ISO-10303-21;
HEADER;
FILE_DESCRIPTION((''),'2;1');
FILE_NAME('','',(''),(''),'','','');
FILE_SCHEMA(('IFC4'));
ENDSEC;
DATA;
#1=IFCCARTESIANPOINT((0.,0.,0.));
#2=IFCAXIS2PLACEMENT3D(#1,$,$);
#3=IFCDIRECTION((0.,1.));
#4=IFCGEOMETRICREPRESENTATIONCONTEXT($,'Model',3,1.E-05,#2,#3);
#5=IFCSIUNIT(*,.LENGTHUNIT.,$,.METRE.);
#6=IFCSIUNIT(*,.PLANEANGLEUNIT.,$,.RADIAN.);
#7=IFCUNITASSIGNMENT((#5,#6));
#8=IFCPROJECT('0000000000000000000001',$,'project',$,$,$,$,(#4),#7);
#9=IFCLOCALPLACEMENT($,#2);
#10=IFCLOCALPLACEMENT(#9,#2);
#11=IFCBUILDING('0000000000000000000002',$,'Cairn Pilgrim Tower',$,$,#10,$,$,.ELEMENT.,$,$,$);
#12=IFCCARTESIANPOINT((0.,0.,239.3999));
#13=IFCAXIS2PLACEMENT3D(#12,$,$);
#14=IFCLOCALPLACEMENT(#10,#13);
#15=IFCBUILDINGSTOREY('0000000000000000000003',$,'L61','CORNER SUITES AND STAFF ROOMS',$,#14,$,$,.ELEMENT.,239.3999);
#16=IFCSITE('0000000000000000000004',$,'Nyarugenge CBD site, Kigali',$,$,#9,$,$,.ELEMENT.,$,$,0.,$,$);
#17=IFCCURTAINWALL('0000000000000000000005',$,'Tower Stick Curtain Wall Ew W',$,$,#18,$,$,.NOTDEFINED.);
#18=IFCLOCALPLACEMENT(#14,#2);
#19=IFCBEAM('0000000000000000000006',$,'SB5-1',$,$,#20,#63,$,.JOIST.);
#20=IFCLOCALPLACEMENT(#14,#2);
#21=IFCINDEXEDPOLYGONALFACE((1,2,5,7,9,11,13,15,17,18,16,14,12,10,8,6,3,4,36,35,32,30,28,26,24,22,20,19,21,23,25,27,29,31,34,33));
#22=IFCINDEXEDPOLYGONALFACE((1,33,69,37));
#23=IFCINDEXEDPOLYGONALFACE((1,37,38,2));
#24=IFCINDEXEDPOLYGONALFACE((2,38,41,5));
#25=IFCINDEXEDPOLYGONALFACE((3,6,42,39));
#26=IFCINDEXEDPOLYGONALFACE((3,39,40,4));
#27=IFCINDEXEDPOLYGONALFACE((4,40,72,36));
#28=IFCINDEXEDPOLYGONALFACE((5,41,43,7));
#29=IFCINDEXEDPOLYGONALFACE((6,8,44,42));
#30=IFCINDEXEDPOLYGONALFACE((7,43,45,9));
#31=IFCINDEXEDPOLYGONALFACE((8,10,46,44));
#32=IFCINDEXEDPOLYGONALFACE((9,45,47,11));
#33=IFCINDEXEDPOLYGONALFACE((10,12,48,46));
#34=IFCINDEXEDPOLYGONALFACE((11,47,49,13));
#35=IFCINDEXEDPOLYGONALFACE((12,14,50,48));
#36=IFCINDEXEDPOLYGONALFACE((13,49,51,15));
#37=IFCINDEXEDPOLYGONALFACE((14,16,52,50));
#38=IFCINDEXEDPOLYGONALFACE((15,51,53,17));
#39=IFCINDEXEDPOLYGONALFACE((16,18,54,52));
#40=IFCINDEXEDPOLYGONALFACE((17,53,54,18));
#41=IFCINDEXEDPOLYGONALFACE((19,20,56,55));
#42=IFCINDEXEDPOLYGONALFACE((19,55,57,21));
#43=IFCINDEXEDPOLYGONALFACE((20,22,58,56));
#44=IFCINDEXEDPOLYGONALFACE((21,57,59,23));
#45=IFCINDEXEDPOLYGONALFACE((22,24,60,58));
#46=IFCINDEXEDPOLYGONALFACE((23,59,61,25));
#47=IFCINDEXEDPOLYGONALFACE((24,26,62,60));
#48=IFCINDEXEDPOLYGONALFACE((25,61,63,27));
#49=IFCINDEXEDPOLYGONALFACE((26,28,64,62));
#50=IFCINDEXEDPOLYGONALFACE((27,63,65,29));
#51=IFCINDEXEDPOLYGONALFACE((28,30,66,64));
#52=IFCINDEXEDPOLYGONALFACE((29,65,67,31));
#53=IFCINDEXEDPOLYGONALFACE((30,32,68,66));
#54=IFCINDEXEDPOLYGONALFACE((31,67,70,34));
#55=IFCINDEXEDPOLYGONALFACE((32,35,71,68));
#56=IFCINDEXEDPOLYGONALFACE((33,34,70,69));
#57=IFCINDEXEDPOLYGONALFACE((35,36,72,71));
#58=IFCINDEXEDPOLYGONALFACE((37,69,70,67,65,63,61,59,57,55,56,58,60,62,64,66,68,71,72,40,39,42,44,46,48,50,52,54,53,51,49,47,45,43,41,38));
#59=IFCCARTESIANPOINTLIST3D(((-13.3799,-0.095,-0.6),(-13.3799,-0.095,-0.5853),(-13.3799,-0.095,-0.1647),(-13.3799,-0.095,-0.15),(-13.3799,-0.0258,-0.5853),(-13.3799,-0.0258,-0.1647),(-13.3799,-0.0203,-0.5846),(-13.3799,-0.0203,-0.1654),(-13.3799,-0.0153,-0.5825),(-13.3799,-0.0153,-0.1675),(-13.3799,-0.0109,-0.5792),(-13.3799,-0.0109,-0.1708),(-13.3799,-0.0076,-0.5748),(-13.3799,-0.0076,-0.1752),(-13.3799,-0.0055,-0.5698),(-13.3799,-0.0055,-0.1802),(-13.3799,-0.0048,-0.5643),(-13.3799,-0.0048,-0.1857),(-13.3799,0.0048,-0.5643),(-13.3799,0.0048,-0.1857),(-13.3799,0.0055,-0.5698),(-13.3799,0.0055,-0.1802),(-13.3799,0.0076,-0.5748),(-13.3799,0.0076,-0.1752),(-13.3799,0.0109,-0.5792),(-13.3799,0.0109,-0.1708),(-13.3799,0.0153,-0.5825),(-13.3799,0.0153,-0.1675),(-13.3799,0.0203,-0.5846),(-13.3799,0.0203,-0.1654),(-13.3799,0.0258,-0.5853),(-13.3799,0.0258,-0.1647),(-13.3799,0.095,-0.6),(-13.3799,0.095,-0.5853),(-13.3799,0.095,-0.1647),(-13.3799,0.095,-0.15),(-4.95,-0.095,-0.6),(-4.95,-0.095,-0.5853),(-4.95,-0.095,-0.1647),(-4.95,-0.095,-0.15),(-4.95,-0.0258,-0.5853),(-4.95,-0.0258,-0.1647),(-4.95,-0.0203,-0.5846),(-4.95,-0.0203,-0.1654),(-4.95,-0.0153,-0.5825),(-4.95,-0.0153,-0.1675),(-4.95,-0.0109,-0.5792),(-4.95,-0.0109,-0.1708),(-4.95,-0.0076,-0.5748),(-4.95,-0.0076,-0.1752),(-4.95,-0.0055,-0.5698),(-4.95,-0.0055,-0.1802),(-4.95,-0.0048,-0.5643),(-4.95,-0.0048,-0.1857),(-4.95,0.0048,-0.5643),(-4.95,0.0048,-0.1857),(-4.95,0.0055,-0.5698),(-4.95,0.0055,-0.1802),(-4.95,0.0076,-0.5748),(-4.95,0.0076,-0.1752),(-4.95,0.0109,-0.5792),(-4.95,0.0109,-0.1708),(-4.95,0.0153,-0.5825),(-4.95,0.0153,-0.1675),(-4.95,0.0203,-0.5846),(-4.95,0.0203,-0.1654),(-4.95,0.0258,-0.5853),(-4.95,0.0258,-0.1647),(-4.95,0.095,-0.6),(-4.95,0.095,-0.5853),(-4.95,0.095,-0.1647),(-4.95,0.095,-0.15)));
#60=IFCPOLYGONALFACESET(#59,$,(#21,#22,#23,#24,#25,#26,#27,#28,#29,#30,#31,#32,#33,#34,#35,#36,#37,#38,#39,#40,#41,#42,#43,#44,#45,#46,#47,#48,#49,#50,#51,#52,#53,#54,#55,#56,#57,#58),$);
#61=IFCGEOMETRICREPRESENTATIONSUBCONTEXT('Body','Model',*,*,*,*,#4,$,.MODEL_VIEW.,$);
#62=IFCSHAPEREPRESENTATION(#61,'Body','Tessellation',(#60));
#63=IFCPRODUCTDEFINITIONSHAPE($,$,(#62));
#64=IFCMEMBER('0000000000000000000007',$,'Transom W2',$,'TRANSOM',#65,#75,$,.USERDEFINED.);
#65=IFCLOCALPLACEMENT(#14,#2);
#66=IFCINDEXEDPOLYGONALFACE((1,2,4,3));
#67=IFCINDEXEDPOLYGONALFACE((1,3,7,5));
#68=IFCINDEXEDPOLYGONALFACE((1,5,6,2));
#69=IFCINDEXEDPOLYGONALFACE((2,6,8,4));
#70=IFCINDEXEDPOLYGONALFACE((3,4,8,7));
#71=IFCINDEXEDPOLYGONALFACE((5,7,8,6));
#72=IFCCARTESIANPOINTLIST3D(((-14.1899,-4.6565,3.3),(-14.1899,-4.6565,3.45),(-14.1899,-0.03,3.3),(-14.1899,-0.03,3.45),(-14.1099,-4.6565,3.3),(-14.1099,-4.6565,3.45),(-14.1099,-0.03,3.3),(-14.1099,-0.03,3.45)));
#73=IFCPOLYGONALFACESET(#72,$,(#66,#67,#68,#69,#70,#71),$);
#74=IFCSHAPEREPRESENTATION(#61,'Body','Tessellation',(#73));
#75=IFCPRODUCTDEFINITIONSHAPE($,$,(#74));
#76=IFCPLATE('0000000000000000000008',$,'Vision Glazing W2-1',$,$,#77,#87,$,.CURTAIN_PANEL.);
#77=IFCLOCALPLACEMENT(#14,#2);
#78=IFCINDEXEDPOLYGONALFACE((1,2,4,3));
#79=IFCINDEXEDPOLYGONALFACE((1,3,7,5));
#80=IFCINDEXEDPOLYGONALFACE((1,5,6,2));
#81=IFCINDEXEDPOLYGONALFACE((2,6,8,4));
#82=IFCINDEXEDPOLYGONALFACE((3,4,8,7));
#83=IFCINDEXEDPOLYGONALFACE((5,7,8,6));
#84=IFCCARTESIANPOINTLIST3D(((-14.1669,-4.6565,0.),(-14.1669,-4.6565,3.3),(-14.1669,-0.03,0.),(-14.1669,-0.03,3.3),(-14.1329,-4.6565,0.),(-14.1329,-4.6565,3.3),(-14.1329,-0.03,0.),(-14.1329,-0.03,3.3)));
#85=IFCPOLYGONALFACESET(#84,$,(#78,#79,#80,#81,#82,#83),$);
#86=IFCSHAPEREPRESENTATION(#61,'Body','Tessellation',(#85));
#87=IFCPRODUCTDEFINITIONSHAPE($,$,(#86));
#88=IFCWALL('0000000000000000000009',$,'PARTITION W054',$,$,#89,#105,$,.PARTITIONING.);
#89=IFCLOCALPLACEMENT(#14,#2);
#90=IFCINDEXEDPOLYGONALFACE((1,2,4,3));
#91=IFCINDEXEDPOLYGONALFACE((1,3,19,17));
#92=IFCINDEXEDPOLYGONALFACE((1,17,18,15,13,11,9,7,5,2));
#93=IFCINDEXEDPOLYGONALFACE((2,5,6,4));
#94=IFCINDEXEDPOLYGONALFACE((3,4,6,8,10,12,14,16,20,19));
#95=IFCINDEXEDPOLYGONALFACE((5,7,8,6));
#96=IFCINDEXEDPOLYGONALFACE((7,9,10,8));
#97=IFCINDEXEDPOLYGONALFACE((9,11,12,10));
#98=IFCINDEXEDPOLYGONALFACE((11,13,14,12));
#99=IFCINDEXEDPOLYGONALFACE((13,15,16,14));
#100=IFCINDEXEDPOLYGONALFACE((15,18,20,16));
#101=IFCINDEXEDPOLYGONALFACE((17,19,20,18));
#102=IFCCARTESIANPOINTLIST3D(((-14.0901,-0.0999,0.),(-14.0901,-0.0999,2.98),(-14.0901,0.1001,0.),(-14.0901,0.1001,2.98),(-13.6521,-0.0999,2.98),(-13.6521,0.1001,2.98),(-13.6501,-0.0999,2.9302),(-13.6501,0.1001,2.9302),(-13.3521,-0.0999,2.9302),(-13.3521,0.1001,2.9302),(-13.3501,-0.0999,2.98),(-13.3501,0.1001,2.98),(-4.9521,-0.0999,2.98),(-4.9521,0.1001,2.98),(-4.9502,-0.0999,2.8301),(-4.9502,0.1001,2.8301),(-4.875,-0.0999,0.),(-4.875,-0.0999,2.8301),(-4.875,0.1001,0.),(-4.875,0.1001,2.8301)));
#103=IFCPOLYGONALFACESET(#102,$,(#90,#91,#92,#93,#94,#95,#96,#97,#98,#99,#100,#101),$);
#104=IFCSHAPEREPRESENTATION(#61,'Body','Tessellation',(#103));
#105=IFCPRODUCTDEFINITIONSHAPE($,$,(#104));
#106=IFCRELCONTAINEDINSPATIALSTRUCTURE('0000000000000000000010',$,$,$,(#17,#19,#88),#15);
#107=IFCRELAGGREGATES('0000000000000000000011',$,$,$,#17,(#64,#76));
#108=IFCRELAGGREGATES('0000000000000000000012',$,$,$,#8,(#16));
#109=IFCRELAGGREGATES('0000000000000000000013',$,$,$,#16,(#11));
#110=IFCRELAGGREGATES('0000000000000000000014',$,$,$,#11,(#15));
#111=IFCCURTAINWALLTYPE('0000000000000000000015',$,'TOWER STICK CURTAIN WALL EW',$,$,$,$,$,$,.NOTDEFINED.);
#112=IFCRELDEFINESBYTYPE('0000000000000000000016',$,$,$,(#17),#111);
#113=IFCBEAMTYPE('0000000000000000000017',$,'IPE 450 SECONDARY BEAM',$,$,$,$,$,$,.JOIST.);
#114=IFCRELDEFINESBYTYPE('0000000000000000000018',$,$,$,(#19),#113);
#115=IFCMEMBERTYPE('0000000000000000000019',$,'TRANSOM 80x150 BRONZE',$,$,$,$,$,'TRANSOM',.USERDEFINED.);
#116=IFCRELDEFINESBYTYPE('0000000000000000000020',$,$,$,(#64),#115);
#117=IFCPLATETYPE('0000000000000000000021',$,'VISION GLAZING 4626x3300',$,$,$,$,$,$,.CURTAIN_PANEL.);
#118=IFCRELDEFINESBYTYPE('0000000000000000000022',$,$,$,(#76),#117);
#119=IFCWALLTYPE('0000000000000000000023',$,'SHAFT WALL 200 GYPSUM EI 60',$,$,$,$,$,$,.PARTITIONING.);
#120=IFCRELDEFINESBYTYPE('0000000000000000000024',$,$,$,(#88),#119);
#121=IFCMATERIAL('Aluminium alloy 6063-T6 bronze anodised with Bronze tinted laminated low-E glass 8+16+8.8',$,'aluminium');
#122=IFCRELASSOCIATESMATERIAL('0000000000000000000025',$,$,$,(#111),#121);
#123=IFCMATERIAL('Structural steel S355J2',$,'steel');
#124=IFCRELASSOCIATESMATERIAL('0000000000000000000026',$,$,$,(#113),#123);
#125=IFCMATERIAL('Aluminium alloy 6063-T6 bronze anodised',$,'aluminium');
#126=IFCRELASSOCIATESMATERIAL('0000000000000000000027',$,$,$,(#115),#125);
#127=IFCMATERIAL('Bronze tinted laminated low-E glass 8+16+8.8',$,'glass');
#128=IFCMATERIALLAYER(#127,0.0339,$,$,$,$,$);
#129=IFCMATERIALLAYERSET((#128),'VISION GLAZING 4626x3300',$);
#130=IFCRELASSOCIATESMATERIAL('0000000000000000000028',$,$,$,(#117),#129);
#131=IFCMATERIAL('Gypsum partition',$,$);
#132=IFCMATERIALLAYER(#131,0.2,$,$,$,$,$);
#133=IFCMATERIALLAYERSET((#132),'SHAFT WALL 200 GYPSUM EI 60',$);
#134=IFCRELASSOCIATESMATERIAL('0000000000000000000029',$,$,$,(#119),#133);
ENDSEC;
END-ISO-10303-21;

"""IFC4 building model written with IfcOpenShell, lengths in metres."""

from ifc_helpers import new_model, si_unit, direction, frame, origin, origin_2d, place, context, subcontext, project, spatial, polyline, rectangle, i_section, outline, extrude, material, layer, layer_set, material_profile, profile_set, type_object, element, aggregate, save


model = new_model("IFC4")

# Units and contexts
model_context = context("Model", 3, precision=1e-05, world=origin(), true_north=direction((0.0, 1.0)))
body_context = subcontext(model_context, "Body", "Model", "MODEL_VIEW")
ifc_project = project(units=[si_unit("LENGTHUNIT", "METRE"), si_unit("PLANEANGLEUNIT", "RADIAN")], contexts=[model_context])

# Site, building, storey
site_placement = place(None, origin())
site = spatial("IfcSite", under=ifc_project, at=site_placement, Name="Nyarugenge CBD site, Kigali", CompositionType="ELEMENT", RefElevation=0.0)
building_placement = place(site_placement, origin())
building = spatial("IfcBuilding", under=site, at=building_placement, Name="Cairn Pilgrim Tower", CompositionType="ELEMENT")
storey_placement = place(building_placement, frame((0.0, 0.0, 239.3999)))
storey = spatial("IfcBuildingStorey", under=building, at=storey_placement, Name="L61", Description="CORNER SUITES AND STAFF ROOMS", CompositionType="ELEMENT", Elevation=239.3999)

# Curtain wall
ifc_material_1 = material(Name="Aluminium alloy 6063-T6 bronze anodised with Bronze tinted laminated low-E glass 8+16+8.8", Category="aluminium")
curtain_wall_type_1 = type_object("IfcCurtainWallType", Name="TOWER STICK CURTAIN WALL EW", PredefinedType="NOTDEFINED", material=ifc_material_1)
curtain_wall_1_placement = place(storey_placement, origin())
curtain_wall_1 = element("IfcCurtainWall", 1, at=curtain_wall_1_placement, inside=storey, type_object=curtain_wall_type_1, Name="Tower Stick Curtain Wall Ew W", PredefinedType="NOTDEFINED")
ifc_material_2 = material(Name="Aluminium alloy 6063-T6 bronze anodised", Category="aluminium")

# Beam
ifc_material_3 = material(Name="Structural steel S355J2", Category="steel")
ifc_material_profile_1 = material_profile(ifc_material_3, i_section(OverallWidth=0.1899, OverallDepth=0.45, WebThickness=0.0095, FlangeThickness=0.0146, FilletRadius=0.021, at=origin_2d()), Name="IPE 450")
ifc_profile_set_1 = profile_set([ifc_material_profile_1], Name="Structural steel S355J2")
beam_type_1 = type_object("IfcBeamType", Name="IPE 450 SECONDARY BEAM", PredefinedType="JOIST", material=ifc_profile_set_1)
beam_1_placement = place(storey_placement, frame((-13.3799, 0.0, -0.375), z_axis=(1.0, 0.0, 0.0), x_axis=(0.0, 1.0, 0.0)))
element("IfcBeam", 2, at=beam_1_placement, inside=storey, type_object=beam_type_1, Name="SB5-1", PredefinedType="JOIST", context=body_context, shape_type="SweptSolid", body=[
    extrude(i_section(OverallWidth=0.1899, OverallDepth=0.45, WebThickness=0.0095, FlangeThickness=0.0146, FilletRadius=0.021, at=origin_2d()), origin(), (0.0, 0.0, 1.0), 8.4299),
])

# Member
ifc_material_profile_2 = material_profile(ifc_material_2, rectangle(XDim=0.0801, YDim=0.1499, at=origin_2d()), Name="TRANSOM 80x150 BRONZE")
ifc_profile_set_2 = profile_set([ifc_material_profile_2], Name="Aluminium alloy 6063-T6 bronze anodised")
member_type_1 = type_object("IfcMemberType", Name="TRANSOM 80x150 BRONZE", ElementType="TRANSOM", PredefinedType="USERDEFINED", material=ifc_profile_set_2)
member_1_placement = place(storey_placement, frame((-14.1499, -0.03, 3.375), z_axis=(0.0, -1.0, 0.0), x_axis=(1.0, 0.0, 0.0)))
member_1 = element("IfcMember", 3, at=member_1_placement, type_object=member_type_1, Name="Transom W2", ObjectType="TRANSOM", PredefinedType="USERDEFINED", context=body_context, shape_type="SweptSolid", body=[
    extrude(rectangle(XDim=0.0801, YDim=0.1499, at=origin_2d()), origin(), (0.0, 0.0, 1.0), 4.6265),
])

# Plate
ifc_material_4 = material(Name="Bronze tinted laminated low-E glass 8+16+8.8", Category="glass")
ifc_layer_1 = layer(ifc_material_4, 0.0339)
ifc_layer_set_1 = layer_set([ifc_layer_1], Name="VISION GLAZING 4626x3300")
plate_type = type_object("IfcPlateType", Name="VISION GLAZING 4626x3300", PredefinedType="CURTAIN_PANEL", material=ifc_layer_set_1)
plate_placement = place(storey_placement, frame((-14.1499, -2.3433, 0.0), z_axis=(0.0, 0.0, 1.0), x_axis=(0.0, -1.0, 0.0)))
plate = element("IfcPlate", 4, at=plate_placement, type_object=plate_type, Name="Vision Glazing W2-1", PredefinedType="CURTAIN_PANEL", context=body_context, shape_type="SweptSolid", body=[
    extrude(rectangle(XDim=4.6265, YDim=0.0339, at=origin_2d()), origin(), (0.0, 0.0, 1.0), 3.3),
])
aggregate(curtain_wall_1, [member_1, plate])

# Wall
ifc_material_5 = material(Name="Gypsum partition")
ifc_layer_2 = layer(ifc_material_5, 0.2)
ifc_layer_set_2 = layer_set([ifc_layer_2], Name="SHAFT WALL 200 GYPSUM EI 60")
wall_type_1 = type_object("IfcWallType", Name="SHAFT WALL 200 GYPSUM EI 60", PredefinedType="PARTITIONING", material=ifc_layer_set_2)
wall_1_placement = place(storey_placement, frame((-14.0901, 0.0, 0.0), z_axis=(0.0, 0.0, 1.0), x_axis=(1.0, 0.0, 0.0)))
element("IfcWall", 5, at=wall_1_placement, inside=storey, type_object=wall_type_1, Name="PARTITION W054", PredefinedType="PARTITIONING", context=body_context, shape_type="SweptSolid", body=[
    extrude(outline(polyline([(0.0, 0.0), (9.2151, 0.0), (9.2151, 2.8301), (9.1399, 2.8301), (9.1379, 2.98), (0.74, 2.98), (0.738, 2.9302), (0.4399, 2.9302), (0.438, 2.98), (0.0, 2.98), (0.0, 0.0)])), frame((0.0, 0.1001, 0.0), z_axis=(0.0, -1.0, 0.0), x_axis=(1.0, 0.0, 0.0)), (0.0, 0.0, 1.0), 0.2),
])

save(model, "model.ifc")
